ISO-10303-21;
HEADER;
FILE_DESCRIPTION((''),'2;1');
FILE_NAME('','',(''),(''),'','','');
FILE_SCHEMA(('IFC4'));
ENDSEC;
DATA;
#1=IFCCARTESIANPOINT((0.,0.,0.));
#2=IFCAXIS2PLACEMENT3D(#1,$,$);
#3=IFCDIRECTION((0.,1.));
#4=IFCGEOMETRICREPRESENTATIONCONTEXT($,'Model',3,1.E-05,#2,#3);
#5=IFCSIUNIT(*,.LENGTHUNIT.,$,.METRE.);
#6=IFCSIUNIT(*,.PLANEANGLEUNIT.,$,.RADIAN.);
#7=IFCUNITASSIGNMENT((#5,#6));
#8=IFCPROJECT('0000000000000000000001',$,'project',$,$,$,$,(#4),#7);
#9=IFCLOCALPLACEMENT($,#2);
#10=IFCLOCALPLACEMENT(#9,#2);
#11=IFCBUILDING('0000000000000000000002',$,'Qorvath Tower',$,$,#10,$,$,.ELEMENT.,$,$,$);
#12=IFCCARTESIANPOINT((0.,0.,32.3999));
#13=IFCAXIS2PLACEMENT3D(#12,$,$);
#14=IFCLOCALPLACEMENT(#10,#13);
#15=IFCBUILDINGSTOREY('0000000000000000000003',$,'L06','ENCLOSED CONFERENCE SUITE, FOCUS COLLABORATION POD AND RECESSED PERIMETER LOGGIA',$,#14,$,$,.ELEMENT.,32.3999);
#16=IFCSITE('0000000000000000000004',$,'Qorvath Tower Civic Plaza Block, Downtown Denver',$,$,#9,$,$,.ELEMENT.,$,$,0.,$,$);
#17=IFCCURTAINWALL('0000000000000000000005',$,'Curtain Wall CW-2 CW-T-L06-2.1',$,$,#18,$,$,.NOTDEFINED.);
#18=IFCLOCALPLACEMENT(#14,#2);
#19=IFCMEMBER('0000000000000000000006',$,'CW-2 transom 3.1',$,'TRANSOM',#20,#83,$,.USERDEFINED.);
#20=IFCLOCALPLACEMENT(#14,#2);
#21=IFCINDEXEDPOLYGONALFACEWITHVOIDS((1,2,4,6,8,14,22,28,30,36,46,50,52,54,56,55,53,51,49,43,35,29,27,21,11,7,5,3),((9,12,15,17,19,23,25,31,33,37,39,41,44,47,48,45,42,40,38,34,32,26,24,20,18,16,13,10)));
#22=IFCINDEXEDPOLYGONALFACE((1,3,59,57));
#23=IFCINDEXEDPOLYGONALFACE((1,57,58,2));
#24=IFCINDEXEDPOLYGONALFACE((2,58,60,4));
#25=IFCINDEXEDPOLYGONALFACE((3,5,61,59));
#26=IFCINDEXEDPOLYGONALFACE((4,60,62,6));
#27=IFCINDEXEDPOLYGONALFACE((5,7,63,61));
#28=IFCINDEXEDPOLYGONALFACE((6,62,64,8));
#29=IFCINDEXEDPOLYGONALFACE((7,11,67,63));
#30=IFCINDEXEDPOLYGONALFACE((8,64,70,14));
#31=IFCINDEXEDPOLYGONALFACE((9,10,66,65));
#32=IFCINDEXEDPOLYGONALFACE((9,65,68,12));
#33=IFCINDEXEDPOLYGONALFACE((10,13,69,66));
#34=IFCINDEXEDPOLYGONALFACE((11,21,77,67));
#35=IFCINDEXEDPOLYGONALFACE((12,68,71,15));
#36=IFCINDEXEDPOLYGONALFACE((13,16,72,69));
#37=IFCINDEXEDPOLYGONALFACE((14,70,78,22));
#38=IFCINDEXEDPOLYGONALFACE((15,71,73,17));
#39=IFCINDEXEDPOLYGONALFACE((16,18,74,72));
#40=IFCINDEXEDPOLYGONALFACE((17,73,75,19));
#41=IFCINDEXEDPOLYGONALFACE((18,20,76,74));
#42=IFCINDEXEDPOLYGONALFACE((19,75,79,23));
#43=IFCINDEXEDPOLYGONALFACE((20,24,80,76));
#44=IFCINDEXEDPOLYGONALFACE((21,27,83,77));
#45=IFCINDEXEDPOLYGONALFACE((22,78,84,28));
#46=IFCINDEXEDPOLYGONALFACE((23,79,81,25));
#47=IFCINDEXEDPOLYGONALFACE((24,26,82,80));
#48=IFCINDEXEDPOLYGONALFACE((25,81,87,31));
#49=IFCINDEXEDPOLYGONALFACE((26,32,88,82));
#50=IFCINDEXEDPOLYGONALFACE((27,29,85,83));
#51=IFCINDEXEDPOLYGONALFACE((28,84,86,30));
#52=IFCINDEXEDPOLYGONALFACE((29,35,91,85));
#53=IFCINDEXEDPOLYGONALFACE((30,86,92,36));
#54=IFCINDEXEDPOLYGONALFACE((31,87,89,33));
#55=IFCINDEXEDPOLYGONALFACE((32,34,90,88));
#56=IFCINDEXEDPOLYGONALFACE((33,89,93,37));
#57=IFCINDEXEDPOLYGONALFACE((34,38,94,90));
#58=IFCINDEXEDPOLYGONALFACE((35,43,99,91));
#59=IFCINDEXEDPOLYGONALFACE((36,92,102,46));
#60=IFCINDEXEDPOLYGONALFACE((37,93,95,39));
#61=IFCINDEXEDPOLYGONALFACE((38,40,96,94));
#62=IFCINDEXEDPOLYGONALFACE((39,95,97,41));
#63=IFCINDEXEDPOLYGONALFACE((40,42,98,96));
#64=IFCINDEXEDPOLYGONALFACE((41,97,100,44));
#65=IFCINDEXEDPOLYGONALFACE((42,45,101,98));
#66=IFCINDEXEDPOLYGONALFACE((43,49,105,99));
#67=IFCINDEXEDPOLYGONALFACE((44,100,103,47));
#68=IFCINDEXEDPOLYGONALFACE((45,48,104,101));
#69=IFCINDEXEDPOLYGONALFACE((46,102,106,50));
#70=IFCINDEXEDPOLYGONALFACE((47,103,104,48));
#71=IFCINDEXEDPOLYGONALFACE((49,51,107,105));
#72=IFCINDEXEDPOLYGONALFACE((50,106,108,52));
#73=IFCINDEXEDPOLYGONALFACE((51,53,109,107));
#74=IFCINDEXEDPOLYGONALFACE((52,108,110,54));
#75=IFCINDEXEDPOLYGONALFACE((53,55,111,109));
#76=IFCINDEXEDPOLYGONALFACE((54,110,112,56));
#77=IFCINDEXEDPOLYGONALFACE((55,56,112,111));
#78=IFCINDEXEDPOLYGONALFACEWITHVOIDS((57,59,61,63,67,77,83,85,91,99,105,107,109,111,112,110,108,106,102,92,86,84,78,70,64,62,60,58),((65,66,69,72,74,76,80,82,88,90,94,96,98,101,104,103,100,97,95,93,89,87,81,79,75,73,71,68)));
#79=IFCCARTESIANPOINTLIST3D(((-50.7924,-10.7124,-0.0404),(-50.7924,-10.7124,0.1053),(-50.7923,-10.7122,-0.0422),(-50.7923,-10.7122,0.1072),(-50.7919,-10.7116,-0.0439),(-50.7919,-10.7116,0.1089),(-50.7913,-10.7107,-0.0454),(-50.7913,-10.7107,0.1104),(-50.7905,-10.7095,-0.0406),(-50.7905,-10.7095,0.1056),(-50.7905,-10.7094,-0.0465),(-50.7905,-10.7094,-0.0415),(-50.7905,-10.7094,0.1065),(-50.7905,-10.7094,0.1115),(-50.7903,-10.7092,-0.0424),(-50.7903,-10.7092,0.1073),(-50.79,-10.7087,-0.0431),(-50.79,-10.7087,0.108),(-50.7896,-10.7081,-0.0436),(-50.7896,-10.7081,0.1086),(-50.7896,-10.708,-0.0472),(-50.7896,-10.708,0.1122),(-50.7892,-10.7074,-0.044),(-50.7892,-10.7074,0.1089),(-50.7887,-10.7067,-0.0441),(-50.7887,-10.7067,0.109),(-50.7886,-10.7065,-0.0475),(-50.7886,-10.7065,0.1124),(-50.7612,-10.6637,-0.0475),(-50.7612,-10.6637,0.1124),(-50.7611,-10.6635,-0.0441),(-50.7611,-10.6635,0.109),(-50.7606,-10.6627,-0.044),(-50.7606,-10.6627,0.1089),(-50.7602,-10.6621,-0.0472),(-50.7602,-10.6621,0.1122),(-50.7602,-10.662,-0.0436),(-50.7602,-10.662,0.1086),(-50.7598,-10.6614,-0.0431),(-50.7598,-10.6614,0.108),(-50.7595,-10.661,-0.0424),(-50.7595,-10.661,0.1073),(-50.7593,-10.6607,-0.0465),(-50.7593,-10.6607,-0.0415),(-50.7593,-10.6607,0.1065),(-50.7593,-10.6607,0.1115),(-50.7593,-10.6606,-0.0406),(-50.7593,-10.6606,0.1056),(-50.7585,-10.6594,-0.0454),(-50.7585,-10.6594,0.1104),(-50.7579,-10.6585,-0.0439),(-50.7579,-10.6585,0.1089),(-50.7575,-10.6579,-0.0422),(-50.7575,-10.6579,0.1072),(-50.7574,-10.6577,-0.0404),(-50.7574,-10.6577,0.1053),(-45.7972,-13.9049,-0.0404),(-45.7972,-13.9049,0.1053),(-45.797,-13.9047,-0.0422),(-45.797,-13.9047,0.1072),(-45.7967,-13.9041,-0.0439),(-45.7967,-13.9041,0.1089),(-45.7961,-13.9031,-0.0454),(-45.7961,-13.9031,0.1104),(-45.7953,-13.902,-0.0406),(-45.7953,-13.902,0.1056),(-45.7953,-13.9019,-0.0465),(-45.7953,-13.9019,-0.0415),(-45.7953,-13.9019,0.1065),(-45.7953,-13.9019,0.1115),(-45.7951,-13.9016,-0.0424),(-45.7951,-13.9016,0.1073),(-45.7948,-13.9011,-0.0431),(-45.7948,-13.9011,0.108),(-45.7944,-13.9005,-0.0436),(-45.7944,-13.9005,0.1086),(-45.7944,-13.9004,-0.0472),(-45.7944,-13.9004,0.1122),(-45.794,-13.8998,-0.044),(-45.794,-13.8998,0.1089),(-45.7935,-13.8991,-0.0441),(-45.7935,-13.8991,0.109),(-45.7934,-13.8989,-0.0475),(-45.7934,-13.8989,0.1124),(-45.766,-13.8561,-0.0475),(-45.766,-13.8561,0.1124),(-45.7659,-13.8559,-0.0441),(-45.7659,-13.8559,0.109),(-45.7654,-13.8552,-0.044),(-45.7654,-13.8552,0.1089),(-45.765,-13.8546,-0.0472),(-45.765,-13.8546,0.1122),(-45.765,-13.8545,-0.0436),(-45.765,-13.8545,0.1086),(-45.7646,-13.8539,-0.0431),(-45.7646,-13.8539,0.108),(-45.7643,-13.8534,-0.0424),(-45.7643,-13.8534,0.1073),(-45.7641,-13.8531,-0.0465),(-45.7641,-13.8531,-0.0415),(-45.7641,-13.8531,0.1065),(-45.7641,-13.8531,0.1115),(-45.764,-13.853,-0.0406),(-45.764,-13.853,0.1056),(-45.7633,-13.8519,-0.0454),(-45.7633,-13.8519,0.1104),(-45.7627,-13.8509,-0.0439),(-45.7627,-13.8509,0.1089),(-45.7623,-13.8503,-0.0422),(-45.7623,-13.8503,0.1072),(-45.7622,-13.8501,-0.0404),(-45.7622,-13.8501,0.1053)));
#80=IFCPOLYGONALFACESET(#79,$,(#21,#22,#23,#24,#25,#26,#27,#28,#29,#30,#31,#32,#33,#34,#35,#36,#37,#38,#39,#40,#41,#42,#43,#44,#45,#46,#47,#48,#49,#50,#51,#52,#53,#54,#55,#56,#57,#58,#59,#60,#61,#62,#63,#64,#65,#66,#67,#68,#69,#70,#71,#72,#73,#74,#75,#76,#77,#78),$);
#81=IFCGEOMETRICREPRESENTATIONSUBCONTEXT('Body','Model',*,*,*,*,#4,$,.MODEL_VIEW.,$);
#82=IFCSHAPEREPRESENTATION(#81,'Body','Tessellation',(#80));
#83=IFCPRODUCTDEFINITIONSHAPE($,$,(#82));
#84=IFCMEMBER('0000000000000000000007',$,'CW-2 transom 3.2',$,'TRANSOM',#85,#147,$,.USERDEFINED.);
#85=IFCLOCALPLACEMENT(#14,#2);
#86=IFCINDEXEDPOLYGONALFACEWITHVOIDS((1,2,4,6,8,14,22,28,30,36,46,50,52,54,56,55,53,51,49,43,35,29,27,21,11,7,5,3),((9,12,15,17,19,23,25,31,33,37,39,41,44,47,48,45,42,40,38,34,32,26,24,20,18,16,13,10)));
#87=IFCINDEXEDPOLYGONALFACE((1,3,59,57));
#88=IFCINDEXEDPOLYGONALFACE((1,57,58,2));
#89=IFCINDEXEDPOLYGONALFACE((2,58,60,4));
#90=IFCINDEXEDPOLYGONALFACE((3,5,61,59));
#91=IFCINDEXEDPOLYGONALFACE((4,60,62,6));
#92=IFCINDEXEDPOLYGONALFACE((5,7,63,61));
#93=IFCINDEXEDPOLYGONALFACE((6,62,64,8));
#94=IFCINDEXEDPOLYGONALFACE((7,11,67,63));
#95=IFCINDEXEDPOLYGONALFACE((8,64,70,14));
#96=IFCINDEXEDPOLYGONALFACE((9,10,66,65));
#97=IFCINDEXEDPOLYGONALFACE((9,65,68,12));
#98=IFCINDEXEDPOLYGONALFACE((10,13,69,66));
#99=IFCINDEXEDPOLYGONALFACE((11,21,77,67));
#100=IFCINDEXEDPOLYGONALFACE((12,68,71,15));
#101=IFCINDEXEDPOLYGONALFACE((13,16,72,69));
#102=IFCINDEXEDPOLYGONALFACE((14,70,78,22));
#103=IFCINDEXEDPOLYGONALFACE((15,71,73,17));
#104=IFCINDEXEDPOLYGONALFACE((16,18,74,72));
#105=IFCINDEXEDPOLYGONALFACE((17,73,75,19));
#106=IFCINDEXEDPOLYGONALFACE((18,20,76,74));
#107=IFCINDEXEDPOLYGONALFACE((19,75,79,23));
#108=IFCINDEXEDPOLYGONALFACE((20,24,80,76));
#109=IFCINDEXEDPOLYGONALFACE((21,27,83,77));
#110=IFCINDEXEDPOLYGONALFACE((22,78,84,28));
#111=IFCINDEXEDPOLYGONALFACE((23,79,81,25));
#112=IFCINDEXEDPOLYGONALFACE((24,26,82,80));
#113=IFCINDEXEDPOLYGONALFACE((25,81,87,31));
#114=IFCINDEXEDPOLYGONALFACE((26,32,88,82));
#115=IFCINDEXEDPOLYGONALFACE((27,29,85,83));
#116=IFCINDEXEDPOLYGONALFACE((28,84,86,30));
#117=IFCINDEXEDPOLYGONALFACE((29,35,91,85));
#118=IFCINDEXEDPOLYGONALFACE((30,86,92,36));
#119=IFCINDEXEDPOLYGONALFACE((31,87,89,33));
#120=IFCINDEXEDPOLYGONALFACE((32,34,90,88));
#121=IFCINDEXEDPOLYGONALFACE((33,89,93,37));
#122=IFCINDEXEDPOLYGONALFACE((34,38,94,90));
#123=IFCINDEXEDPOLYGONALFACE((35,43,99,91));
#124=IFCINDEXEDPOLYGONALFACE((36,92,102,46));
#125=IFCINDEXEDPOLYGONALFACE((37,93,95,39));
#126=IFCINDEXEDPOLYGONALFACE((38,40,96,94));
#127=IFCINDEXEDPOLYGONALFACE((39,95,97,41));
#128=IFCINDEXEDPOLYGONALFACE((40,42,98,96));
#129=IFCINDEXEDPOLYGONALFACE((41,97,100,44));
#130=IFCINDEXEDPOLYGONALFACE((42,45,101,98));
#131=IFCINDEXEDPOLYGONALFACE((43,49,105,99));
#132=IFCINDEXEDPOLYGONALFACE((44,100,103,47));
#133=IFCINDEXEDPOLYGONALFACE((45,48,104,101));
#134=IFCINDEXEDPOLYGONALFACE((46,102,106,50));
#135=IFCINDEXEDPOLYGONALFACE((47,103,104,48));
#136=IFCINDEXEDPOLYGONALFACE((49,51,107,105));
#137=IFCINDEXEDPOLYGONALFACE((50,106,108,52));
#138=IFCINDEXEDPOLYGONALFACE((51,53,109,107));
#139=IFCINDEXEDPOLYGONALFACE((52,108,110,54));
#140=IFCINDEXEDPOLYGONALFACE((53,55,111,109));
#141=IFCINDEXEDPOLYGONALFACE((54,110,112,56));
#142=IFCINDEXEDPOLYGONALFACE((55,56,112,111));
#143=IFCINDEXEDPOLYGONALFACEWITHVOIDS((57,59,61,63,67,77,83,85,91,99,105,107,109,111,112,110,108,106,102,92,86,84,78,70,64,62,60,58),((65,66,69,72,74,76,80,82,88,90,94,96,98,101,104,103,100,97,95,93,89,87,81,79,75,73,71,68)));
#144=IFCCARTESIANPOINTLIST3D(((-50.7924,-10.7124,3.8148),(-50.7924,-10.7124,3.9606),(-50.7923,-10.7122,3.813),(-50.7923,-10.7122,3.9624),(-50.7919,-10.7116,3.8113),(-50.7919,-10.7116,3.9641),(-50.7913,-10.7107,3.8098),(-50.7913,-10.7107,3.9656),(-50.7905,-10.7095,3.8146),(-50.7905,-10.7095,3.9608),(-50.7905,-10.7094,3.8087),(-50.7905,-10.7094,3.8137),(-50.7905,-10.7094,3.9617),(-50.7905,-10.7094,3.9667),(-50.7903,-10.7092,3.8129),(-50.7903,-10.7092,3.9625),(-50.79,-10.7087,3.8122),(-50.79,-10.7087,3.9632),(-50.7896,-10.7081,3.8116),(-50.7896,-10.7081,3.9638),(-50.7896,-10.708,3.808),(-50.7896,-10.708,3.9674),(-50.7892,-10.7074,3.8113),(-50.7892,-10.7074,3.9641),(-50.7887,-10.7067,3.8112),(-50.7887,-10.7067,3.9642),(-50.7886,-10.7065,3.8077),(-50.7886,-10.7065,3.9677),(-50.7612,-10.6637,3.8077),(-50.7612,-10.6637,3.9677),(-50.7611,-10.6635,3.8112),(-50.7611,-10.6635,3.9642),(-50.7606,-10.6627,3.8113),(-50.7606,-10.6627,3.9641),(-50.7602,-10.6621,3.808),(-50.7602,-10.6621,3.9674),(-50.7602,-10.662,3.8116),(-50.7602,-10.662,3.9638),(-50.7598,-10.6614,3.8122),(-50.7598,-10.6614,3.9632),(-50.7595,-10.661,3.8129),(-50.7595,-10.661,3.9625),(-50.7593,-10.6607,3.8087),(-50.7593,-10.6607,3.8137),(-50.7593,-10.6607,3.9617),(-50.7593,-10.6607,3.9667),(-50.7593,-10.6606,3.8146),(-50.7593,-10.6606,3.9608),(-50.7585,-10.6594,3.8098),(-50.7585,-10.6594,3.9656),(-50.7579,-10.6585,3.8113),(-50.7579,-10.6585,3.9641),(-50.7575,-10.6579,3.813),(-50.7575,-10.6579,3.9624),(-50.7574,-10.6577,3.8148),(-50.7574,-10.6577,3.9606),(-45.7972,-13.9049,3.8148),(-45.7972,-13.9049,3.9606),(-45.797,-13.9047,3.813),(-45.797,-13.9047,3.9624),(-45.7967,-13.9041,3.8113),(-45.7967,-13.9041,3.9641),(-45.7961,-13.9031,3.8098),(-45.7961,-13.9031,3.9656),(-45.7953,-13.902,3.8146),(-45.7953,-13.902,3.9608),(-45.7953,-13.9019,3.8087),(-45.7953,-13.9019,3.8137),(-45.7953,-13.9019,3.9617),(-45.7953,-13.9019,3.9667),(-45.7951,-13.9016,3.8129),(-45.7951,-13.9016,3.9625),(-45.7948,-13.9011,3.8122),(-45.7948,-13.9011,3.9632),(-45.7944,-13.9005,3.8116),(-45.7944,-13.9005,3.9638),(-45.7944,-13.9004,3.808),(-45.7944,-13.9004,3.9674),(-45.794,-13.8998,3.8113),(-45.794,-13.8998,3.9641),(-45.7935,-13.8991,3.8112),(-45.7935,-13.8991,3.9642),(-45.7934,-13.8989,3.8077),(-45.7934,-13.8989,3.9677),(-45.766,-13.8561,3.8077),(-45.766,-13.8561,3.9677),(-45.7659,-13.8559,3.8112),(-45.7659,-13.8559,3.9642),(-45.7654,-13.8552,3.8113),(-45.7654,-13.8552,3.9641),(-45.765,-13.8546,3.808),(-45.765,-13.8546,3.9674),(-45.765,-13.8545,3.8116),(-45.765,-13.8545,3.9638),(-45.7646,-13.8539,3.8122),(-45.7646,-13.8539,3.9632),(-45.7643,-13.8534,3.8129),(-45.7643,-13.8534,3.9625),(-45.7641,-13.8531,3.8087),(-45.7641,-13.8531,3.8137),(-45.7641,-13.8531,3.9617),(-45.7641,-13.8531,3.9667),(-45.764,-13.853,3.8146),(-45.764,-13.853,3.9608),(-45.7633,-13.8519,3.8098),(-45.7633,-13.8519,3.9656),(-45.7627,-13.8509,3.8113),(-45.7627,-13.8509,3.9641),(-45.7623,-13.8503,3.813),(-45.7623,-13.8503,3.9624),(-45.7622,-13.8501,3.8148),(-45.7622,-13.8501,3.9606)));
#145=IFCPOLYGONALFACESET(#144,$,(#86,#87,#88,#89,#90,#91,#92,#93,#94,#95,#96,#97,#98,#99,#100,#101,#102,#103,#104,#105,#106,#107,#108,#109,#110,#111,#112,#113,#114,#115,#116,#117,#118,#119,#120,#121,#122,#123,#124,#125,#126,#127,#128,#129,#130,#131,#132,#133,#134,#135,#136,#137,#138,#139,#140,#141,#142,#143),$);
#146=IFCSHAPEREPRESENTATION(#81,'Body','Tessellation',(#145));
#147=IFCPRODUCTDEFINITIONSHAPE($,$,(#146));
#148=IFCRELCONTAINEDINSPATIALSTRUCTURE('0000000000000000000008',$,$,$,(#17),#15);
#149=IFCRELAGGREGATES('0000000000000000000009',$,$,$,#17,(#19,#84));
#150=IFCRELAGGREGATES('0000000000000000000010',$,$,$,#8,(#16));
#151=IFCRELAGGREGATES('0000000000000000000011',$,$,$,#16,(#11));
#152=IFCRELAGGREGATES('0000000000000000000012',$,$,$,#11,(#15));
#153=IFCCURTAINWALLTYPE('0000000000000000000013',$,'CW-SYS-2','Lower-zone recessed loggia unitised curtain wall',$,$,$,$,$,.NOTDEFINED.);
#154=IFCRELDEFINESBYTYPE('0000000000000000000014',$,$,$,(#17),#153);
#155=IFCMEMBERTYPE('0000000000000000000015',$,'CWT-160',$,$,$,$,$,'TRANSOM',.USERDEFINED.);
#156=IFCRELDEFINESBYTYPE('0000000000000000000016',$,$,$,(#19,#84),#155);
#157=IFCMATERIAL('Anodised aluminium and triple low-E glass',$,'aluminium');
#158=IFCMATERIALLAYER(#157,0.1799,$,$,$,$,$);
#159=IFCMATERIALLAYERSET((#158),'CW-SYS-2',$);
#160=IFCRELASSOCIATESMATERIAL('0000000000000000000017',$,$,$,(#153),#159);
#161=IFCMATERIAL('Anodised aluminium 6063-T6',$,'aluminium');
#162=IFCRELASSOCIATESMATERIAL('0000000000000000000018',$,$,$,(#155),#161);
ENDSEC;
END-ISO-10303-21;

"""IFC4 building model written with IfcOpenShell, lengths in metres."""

from ifc_helpers import new_model, si_unit, direction, frame, origin, origin_2d, place, context, subcontext, project, spatial, hollow_rectangle, extrude, material, layer, layer_set, material_profile, profile_set, type_object, element, aggregate, save


model = new_model("IFC4")

# Units and contexts
model_context = context("Model", 3, precision=1e-05, world=origin(), true_north=direction((0.0, 1.0)))
body_context = subcontext(model_context, "Body", "Model", "MODEL_VIEW")
ifc_project = project(units=[si_unit("LENGTHUNIT", "METRE"), si_unit("PLANEANGLEUNIT", "RADIAN")], contexts=[model_context])

# Site, building, storey
site_placement = place(None, origin())
site = spatial("IfcSite", under=ifc_project, at=site_placement, Name="Qorvath Tower Civic Plaza Block, Downtown Denver", CompositionType="ELEMENT", RefElevation=0.0)
building_placement = place(site_placement, origin())
building = spatial("IfcBuilding", under=site, at=building_placement, Name="Qorvath Tower", CompositionType="ELEMENT")
storey_placement = place(building_placement, frame((0.0, 0.0, 32.3999)))
storey = spatial("IfcBuildingStorey", under=building, at=storey_placement, Name="L06", Description="ENCLOSED CONFERENCE SUITE, FOCUS COLLABORATION POD AND RECESSED PERIMETER LOGGIA", CompositionType="ELEMENT", Elevation=32.3999)

# Curtain wall, members
ifc_material_1 = material(Name="Anodised aluminium and triple low-E glass", Category="aluminium")
ifc_layer_1 = layer(ifc_material_1, 0.1799)
ifc_layer_set_1 = layer_set([ifc_layer_1], Name="CW-SYS-2")
curtain_wall_type = type_object("IfcCurtainWallType", Name="CW-SYS-2", Description="Lower-zone recessed loggia unitised curtain wall", PredefinedType="NOTDEFINED", material=ifc_layer_set_1)
curtain_wall_placement = place(storey_placement, origin())
curtain_wall = element("IfcCurtainWall", 1, at=curtain_wall_placement, inside=storey, type_object=curtain_wall_type, Name="Curtain Wall CW-2 CW-T-L06-2.1", PredefinedType="NOTDEFINED")
ifc_material_2 = material(Name="Anodised aluminium 6063-T6", Category="aluminium")
ifc_material_profile_1 = material_profile(ifc_material_2, hollow_rectangle(XDim=0.0649, YDim=0.1599, WallThickness=0.0034, InnerFilletRadius=0.0034, OuterFilletRadius=0.0071, at=origin_2d()), Name="CWT 160x65")
ifc_profile_set_1 = profile_set([ifc_material_profile_1], Name="Anodised aluminium 6063-T6")
member_type_1 = type_object("IfcMemberType", Name="CWT-160", ElementType="TRANSOM", PredefinedType="USERDEFINED", material=ifc_profile_set_1)
member_1_placement = place(storey_placement, frame((-50.7749, -10.6851, 0.0325), z_axis=(0.842615, -0.538516, 0.0), x_axis=(0.538516, 0.842615, 0.0)))
member_1 = element("IfcMember", 2, at=member_1_placement, type_object=member_type_1, Name="CW-2 transom 3.1", ObjectType="TRANSOM", PredefinedType="USERDEFINED", context=body_context, shape_type="SweptSolid", body=[
    extrude(hollow_rectangle(XDim=0.0649, YDim=0.1599, WallThickness=0.0034, InnerFilletRadius=0.0034, OuterFilletRadius=0.0071, at=origin_2d()), origin(), (0.0, 0.0, 1.0), 5.9282),
])
member_2_placement = place(storey_placement, frame((-50.7749, -10.6851, 3.8877), z_axis=(0.842615, -0.538516, 0.0), x_axis=(0.538516, 0.842615, 0.0)))
member_2 = element("IfcMember", 3, at=member_2_placement, type_object=member_type_1, Name="CW-2 transom 3.2", ObjectType="TRANSOM", PredefinedType="USERDEFINED", context=body_context, shape_type="SweptSolid", body=[
    extrude(hollow_rectangle(XDim=0.0649, YDim=0.1599, WallThickness=0.0034, InnerFilletRadius=0.0034, OuterFilletRadius=0.0071, at=origin_2d()), origin(), (0.0, 0.0, 1.0), 5.9282),
])
aggregate(curtain_wall, [member_1, member_2])

save(model, "model.ifc")
